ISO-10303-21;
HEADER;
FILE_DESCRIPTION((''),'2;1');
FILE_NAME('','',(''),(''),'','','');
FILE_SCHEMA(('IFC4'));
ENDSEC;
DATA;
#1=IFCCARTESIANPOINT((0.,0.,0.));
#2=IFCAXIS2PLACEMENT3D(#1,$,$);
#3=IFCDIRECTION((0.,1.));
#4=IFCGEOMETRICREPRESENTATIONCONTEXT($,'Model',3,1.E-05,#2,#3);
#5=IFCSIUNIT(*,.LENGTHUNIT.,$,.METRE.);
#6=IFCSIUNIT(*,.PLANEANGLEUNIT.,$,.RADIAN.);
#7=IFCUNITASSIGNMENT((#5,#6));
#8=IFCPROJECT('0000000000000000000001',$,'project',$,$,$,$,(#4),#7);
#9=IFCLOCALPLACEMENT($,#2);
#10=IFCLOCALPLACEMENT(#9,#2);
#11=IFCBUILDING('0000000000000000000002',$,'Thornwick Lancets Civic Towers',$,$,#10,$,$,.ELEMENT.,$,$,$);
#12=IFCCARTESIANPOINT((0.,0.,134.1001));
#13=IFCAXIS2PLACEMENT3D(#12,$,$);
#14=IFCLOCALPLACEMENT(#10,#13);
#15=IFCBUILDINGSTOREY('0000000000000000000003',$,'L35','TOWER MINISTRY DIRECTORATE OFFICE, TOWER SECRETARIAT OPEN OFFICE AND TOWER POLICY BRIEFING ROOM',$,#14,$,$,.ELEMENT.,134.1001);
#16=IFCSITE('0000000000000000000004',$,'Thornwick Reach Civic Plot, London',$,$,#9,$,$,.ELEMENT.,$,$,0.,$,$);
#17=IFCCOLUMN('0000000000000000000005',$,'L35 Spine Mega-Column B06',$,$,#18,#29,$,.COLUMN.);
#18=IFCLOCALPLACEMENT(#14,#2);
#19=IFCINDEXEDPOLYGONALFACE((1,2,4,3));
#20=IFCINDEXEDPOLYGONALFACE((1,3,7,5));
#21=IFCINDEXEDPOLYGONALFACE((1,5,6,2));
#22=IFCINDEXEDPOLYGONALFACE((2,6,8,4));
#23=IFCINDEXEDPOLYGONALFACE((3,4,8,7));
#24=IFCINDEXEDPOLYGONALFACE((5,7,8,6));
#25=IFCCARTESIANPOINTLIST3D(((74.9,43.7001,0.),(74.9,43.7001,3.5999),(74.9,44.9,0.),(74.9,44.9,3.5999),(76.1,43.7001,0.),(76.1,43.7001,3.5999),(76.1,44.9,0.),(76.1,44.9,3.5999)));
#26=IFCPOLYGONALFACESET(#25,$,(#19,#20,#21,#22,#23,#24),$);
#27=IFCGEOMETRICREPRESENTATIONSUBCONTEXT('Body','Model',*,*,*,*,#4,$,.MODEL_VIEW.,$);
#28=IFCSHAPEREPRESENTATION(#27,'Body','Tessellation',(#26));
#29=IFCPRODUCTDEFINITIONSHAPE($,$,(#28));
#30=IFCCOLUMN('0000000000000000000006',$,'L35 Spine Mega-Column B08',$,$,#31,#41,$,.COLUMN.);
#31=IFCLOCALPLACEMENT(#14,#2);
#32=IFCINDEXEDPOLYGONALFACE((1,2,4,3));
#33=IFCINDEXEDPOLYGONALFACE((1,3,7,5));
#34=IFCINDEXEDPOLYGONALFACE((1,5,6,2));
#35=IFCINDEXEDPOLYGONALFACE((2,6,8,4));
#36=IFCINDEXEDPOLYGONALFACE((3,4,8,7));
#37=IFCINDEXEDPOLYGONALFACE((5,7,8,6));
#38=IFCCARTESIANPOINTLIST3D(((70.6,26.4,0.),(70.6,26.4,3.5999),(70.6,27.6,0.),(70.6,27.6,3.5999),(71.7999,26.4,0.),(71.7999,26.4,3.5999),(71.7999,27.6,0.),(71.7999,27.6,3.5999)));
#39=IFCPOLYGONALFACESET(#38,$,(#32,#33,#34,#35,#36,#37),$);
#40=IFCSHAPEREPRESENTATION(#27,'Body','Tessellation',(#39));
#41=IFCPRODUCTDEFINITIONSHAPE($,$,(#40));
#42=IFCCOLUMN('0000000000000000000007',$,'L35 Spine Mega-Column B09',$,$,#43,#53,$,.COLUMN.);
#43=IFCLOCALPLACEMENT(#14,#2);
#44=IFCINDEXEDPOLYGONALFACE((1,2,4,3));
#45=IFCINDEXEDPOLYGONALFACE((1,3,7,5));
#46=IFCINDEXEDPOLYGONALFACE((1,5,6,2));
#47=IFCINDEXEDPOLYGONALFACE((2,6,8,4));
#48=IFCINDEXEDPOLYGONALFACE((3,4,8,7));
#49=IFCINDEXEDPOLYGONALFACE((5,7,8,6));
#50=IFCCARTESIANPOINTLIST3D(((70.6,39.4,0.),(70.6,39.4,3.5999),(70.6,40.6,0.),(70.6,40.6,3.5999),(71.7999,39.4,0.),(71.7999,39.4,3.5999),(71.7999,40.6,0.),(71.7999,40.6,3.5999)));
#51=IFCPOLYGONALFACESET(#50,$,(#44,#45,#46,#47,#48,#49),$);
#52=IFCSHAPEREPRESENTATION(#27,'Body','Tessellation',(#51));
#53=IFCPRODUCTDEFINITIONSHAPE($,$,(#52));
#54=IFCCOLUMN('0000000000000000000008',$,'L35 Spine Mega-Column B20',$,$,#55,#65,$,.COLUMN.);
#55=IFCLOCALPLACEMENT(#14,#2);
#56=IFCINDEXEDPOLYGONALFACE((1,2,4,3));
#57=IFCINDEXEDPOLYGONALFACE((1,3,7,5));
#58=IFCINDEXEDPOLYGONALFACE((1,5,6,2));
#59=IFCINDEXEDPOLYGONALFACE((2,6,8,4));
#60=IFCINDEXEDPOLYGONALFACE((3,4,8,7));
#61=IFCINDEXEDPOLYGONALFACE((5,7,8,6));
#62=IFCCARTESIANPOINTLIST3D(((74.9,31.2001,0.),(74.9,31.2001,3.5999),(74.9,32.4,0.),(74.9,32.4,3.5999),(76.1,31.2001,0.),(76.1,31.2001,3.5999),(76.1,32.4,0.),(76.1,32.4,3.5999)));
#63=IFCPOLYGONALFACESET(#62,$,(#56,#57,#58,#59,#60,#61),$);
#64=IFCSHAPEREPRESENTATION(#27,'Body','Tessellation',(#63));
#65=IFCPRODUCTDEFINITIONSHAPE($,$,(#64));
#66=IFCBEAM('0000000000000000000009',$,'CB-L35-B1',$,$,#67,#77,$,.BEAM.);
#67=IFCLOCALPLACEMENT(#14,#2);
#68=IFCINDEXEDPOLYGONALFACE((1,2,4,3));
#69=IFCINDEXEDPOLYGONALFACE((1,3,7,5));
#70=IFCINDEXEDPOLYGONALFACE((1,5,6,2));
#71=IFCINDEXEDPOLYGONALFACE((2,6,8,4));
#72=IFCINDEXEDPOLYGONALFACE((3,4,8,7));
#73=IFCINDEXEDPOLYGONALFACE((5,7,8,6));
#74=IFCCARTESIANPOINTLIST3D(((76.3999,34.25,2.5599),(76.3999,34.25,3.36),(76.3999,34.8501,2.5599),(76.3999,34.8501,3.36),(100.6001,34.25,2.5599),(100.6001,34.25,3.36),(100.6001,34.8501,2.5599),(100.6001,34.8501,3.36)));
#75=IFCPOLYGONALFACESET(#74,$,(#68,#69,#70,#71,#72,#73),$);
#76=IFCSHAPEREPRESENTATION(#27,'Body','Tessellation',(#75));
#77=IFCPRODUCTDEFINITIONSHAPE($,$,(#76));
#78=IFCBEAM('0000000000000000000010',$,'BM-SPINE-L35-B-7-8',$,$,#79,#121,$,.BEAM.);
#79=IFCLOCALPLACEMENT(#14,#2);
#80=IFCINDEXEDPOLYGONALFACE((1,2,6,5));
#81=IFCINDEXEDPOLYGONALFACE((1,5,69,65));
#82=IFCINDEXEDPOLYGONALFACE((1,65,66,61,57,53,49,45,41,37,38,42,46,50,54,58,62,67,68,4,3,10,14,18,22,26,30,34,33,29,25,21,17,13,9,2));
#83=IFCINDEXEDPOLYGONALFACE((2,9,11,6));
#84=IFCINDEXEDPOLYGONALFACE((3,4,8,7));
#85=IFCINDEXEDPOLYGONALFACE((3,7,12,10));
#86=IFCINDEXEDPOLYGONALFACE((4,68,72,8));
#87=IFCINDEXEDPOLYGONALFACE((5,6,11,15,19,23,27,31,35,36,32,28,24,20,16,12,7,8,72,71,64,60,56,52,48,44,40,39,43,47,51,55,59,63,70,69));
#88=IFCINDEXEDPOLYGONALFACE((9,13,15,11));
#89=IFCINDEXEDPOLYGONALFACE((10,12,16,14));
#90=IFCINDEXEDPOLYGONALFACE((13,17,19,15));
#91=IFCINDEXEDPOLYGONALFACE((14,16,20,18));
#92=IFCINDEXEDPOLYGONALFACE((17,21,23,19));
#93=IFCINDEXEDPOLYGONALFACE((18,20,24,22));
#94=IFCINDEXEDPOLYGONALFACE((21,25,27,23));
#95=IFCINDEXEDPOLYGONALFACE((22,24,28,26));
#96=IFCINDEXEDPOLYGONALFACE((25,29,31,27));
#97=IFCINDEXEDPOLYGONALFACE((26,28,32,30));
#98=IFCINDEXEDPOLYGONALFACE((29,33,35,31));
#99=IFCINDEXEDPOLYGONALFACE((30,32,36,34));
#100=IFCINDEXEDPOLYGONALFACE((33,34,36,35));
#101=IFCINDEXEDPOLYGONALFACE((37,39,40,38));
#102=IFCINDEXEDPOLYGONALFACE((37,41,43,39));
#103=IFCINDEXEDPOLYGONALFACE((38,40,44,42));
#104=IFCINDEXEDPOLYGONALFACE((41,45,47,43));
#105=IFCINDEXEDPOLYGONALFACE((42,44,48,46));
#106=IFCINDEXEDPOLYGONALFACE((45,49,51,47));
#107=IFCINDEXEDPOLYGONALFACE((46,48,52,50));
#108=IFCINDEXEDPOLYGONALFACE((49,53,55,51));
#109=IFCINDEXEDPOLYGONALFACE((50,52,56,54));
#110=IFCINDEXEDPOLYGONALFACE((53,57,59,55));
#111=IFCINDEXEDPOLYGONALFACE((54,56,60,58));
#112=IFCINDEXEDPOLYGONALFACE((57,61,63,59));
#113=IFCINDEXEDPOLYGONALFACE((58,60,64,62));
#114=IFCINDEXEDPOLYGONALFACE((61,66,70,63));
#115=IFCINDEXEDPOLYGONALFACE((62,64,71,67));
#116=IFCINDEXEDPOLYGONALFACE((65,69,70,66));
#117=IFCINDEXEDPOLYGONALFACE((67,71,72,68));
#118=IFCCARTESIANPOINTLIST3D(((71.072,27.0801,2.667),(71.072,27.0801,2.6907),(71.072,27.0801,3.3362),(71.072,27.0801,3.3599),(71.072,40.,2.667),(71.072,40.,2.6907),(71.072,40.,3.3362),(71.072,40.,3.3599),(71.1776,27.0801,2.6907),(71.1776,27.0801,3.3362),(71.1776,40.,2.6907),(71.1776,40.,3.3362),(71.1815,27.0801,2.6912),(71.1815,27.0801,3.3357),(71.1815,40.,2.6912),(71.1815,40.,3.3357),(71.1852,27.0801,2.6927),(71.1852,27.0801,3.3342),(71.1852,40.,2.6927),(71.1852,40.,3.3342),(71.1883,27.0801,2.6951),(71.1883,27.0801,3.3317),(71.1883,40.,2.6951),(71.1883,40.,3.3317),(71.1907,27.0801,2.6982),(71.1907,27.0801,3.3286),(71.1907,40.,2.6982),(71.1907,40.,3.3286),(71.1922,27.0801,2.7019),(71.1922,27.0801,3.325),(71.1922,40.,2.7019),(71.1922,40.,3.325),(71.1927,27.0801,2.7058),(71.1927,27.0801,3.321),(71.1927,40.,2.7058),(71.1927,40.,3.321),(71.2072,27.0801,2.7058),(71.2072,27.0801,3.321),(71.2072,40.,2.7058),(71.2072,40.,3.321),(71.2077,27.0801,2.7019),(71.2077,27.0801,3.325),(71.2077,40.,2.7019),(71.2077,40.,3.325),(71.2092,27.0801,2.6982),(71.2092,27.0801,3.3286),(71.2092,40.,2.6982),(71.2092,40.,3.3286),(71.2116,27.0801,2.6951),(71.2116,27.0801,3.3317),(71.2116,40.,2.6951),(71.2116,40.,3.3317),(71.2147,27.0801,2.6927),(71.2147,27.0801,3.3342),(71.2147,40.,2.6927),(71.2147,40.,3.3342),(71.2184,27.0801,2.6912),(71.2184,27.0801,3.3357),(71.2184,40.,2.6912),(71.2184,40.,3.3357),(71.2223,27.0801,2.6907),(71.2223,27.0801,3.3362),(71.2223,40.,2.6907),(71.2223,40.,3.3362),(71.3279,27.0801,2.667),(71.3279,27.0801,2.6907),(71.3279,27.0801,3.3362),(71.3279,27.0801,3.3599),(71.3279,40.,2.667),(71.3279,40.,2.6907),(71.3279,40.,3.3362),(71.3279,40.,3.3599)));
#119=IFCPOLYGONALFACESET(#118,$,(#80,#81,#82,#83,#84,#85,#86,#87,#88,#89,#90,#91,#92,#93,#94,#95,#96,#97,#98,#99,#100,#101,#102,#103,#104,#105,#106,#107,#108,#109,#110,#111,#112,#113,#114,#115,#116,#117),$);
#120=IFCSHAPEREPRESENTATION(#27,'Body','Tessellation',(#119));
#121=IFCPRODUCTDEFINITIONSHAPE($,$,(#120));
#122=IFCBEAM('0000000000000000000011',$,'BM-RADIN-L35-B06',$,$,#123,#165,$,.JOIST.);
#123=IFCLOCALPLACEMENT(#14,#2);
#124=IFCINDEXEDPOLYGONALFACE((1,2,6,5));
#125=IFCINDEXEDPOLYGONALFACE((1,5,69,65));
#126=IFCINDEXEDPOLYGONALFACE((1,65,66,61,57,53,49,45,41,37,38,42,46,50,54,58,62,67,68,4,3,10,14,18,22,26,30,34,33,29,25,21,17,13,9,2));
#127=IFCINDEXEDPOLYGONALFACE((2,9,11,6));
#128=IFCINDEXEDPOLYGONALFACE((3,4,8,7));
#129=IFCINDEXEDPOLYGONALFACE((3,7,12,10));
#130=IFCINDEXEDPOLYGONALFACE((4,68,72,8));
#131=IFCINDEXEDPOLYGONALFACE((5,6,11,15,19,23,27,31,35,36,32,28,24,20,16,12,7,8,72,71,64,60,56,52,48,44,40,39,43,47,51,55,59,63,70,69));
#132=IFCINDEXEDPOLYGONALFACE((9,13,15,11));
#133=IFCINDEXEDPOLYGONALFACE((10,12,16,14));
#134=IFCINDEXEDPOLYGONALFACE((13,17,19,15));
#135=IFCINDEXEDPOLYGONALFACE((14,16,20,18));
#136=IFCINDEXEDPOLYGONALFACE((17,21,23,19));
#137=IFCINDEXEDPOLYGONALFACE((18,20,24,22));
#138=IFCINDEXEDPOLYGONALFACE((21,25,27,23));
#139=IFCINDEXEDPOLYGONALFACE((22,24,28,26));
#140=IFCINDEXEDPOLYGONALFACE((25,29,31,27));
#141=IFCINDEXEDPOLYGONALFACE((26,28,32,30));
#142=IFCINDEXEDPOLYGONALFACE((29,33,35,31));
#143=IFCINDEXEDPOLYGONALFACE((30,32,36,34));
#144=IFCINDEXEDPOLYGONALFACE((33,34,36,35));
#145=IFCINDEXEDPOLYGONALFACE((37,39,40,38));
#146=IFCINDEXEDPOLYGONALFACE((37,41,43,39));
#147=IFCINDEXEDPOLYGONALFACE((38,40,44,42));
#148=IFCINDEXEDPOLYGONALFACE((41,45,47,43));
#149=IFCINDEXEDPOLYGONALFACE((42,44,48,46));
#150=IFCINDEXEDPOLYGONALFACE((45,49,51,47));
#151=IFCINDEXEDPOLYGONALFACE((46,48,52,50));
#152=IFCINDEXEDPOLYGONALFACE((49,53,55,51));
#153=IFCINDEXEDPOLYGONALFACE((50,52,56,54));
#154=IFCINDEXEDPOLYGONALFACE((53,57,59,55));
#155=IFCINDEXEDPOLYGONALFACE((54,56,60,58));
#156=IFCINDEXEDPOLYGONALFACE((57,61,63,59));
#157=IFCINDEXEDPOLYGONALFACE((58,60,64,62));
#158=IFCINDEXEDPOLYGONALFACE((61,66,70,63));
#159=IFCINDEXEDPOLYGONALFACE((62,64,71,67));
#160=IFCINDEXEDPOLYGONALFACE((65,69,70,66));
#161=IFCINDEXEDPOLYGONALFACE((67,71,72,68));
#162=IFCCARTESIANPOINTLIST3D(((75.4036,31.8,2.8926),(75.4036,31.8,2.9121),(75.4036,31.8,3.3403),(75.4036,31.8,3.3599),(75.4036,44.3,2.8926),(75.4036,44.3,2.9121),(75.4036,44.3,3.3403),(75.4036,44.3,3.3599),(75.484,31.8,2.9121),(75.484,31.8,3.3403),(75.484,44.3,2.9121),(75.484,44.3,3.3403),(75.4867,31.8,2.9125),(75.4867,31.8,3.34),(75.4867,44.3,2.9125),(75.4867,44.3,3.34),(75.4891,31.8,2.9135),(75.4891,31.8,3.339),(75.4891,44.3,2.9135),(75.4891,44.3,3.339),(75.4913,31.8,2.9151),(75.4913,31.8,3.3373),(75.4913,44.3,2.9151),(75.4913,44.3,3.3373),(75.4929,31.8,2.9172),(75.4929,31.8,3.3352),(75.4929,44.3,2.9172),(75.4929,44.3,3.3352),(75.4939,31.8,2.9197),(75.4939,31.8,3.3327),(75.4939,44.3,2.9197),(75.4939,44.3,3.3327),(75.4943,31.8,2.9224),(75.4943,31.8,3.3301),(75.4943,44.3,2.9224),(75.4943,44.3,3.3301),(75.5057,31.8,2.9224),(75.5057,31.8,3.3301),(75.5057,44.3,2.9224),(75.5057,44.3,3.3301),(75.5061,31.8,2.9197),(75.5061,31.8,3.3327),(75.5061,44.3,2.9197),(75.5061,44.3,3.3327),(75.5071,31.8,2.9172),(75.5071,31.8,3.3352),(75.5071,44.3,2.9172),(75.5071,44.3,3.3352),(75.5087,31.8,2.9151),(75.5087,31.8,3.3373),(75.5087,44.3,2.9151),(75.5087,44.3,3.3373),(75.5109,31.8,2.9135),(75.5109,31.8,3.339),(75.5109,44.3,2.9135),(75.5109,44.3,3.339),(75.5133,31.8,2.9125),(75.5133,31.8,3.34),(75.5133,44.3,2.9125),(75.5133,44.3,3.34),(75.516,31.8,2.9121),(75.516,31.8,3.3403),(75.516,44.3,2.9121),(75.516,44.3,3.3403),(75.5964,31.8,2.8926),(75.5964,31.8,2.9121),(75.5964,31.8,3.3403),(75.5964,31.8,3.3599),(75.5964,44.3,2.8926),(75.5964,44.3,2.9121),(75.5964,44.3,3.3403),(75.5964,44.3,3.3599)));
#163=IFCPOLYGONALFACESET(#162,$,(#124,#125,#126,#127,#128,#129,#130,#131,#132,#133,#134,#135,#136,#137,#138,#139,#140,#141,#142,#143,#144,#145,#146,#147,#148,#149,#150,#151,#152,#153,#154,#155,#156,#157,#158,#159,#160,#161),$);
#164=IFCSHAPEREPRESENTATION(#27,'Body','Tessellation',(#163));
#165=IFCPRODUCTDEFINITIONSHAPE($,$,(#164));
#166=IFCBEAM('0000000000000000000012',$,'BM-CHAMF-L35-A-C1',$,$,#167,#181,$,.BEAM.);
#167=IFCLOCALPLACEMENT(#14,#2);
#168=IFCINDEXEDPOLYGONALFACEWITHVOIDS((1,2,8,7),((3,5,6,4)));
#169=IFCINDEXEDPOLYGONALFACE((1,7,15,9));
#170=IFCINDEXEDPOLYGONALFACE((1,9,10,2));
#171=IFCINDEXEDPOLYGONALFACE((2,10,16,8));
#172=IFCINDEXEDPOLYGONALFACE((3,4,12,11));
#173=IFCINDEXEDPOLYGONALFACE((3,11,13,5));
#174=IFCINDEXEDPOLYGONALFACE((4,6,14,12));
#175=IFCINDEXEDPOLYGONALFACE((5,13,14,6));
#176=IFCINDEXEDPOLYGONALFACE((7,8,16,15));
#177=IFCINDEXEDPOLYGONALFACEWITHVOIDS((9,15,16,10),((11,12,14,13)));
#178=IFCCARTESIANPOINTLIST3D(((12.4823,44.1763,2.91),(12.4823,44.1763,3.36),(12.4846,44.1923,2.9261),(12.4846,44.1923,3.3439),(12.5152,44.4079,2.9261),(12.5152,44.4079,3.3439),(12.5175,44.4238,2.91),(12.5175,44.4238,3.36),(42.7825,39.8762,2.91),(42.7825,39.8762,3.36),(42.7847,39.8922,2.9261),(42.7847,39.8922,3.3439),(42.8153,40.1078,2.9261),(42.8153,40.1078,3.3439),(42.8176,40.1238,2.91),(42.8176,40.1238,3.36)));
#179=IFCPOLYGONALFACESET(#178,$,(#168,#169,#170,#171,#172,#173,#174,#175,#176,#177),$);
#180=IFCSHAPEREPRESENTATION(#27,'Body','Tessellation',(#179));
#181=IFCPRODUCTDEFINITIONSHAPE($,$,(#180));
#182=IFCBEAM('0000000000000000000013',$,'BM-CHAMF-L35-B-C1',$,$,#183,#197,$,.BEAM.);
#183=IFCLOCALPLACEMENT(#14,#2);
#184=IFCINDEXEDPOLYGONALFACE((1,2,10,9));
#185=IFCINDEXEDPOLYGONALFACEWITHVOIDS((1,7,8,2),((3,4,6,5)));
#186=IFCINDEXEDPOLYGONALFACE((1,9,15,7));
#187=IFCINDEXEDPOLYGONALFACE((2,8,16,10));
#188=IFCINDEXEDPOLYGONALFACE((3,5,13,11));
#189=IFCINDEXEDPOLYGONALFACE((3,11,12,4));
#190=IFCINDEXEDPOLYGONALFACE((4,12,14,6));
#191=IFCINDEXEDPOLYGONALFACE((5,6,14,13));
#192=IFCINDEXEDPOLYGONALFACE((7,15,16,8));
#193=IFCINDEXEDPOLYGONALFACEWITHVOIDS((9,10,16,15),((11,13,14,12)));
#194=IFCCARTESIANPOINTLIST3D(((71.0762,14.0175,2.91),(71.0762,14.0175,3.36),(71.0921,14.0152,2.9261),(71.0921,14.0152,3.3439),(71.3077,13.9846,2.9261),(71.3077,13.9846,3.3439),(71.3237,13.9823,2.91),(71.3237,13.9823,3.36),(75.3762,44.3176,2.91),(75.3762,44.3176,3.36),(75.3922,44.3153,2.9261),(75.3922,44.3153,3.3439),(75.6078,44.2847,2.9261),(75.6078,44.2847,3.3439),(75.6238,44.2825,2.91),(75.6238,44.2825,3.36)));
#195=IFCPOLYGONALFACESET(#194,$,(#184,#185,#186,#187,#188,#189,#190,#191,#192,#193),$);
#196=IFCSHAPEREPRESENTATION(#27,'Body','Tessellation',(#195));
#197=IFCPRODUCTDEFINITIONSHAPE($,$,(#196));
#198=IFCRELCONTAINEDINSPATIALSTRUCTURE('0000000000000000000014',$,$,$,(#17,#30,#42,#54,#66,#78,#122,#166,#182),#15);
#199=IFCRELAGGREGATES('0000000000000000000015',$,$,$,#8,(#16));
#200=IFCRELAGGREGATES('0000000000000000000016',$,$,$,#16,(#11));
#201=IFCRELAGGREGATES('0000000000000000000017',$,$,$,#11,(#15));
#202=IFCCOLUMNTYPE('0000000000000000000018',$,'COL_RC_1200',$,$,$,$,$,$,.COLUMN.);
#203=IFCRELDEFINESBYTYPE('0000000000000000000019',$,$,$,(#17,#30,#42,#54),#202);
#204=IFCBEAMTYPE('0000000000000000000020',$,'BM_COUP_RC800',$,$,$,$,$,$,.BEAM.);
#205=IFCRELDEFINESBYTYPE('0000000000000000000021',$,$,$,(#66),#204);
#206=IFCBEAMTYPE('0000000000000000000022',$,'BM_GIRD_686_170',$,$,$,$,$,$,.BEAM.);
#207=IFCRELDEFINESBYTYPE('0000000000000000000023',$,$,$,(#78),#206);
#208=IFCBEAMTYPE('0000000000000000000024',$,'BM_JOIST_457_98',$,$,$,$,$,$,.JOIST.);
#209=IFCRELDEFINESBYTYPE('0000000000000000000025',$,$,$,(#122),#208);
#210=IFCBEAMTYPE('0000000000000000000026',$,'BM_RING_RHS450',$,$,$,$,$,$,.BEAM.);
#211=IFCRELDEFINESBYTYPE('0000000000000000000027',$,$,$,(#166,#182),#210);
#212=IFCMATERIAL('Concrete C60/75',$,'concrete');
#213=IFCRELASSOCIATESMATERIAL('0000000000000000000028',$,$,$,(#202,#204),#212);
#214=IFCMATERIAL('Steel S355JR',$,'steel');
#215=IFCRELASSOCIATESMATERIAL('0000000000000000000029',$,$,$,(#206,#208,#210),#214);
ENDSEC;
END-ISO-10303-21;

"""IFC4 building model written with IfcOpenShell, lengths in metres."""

from ifc_helpers import new_model, si_unit, direction, frame, origin, origin_2d, place, context, subcontext, project, spatial, rectangle, hollow_rectangle, i_section, extrude, material, material_profile, profile_set, type_object, element, save


model = new_model("IFC4")

# Units and contexts
model_context = context("Model", 3, precision=1e-05, world=origin(), true_north=direction((0.0, 1.0)))
body_context = subcontext(model_context, "Body", "Model", "MODEL_VIEW")
ifc_project = project(units=[si_unit("LENGTHUNIT", "METRE"), si_unit("PLANEANGLEUNIT", "RADIAN")], contexts=[model_context])

# Site, building, storey
site_placement = place(None, origin())
site = spatial("IfcSite", under=ifc_project, at=site_placement, Name="Thornwick Reach Civic Plot, London", CompositionType="ELEMENT", RefElevation=0.0)
building_placement = place(site_placement, origin())
building = spatial("IfcBuilding", under=site, at=building_placement, Name="Thornwick Lancets Civic Towers", CompositionType="ELEMENT")
storey_placement = place(building_placement, frame((0.0, 0.0, 134.1001)))
storey = spatial("IfcBuildingStorey", under=building, at=storey_placement, Name="L35", Description="TOWER MINISTRY DIRECTORATE OFFICE, TOWER SECRETARIAT OPEN OFFICE AND TOWER POLICY BRIEFING ROOM", CompositionType="ELEMENT", Elevation=134.1001)

# Columns
ifc_material_1 = material(Name="Concrete C60/75", Category="concrete")
ifc_material_profile_1 = material_profile(ifc_material_1, rectangle(XDim=1.2, YDim=1.2, at=origin_2d()), Name="RC 1200x1200")
ifc_profile_set_1 = profile_set([ifc_material_profile_1], Name="Concrete C60/75")
column_type = type_object("IfcColumnType", Name="COL_RC_1200", PredefinedType="COLUMN", material=ifc_profile_set_1)
for number, where, z_axis, x_axis, name in (
    (1, (75.5, 44.3, 0.0), (0.0, 0.0, 1.0), (1.0, 0.0, 0.0), "L35 Spine Mega-Column B06"),
    (2, (71.2, 27.0, 0.0), (0.0, 0.0, 1.0), (1.0, 0.0, 0.0), "L35 Spine Mega-Column B08"),
    (3, (71.2, 40.0, 0.0), (0.0, 0.0, 1.0), (1.0, 0.0, 0.0), "L35 Spine Mega-Column B09"),
    (4, (75.5, 31.8, 0.0), (0.0, 0.0, 1.0), (1.0, 0.0, 0.0), "L35 Spine Mega-Column B20"),
):
    element("IfcColumn", number, at=place(storey_placement, frame(where, z_axis=z_axis, x_axis=x_axis)), inside=storey, type_object=column_type, Name=name, PredefinedType="COLUMN", context=body_context, shape_type="SweptSolid", body=[
        extrude(rectangle(XDim=1.2, YDim=1.2, at=origin_2d()), origin(), (0.0, 0.0, 1.0), 3.5999),
    ])

# Beams
ifc_material_profile_2 = material_profile(ifc_material_1, rectangle(XDim=0.6001, YDim=0.8, at=origin_2d()), Name="RC 600x800")
ifc_profile_set_2 = profile_set([ifc_material_profile_2], Name="Concrete C60/75")
beam_type_1 = type_object("IfcBeamType", Name="BM_COUP_RC800", PredefinedType="BEAM", material=ifc_profile_set_2)
beam_1_placement = place(storey_placement, frame((76.3999, 34.55, 2.96), z_axis=(1.0, 0.0, 0.0), x_axis=(0.0, 1.0, 0.0)))
element("IfcBeam", 5, at=beam_1_placement, inside=storey, type_object=beam_type_1, Name="CB-L35-B1", PredefinedType="BEAM", context=body_context, shape_type="SweptSolid", body=[
    extrude(rectangle(XDim=0.6001, YDim=0.8, at=origin_2d()), origin(), (0.0, 0.0, 1.0), 24.2002),
])
ifc_material_2 = material(Name="Steel S355JR", Category="steel")
ifc_material_profile_3 = material_profile(ifc_material_2, i_section(OverallWidth=0.2559, OverallDepth=0.6929, WebThickness=0.0144, FlangeThickness=0.0237, FilletRadius=0.0151, at=origin_2d()), Name="UKB 686x254x170")
ifc_profile_set_3 = profile_set([ifc_material_profile_3], Name="Steel S355JR")
beam_type_2 = type_object("IfcBeamType", Name="BM_GIRD_686_170", PredefinedType="BEAM", material=ifc_profile_set_3)
beam_2_placement = place(storey_placement, frame((71.2, 27.0801, 3.0134), z_axis=(0.0, 1.0, 0.0), x_axis=(-1.0, 0.0, 0.0)))
element("IfcBeam", 6, at=beam_2_placement, inside=storey, type_object=beam_type_2, Name="BM-SPINE-L35-B-7-8", PredefinedType="BEAM", context=body_context, shape_type="SweptSolid", body=[
    extrude(i_section(OverallWidth=0.2559, OverallDepth=0.6929, WebThickness=0.0144, FlangeThickness=0.0237, FilletRadius=0.0151, at=origin_2d()), origin(), (0.0, 0.0, 1.0), 12.9199),
])
ifc_material_profile_4 = material_profile(ifc_material_2, i_section(OverallWidth=0.1929, OverallDepth=0.4673, WebThickness=0.0115, FlangeThickness=0.0195, FilletRadius=0.0103, at=origin_2d()), Name="UKB 457x191x98")
ifc_profile_set_4 = profile_set([ifc_material_profile_4], Name="Steel S355JR")
beam_type_3 = type_object("IfcBeamType", Name="BM_JOIST_457_98", PredefinedType="JOIST", material=ifc_profile_set_4)
beam_3_placement = place(storey_placement, frame((75.5, 31.8, 3.1262), z_axis=(0.0, 1.0, 0.0), x_axis=(-1.0, 0.0, 0.0)))
element("IfcBeam", 7, at=beam_3_placement, inside=storey, type_object=beam_type_3, Name="BM-RADIN-L35-B06", PredefinedType="JOIST", context=body_context, shape_type="SweptSolid", body=[
    extrude(i_section(OverallWidth=0.1929, OverallDepth=0.4673, WebThickness=0.0115, FlangeThickness=0.0195, FilletRadius=0.0103, at=origin_2d()), origin(), (0.0, 0.0, 1.0), 12.5),
])
ifc_material_profile_5 = material_profile(ifc_material_2, hollow_rectangle(XDim=0.25, YDim=0.45, WallThickness=0.0161, at=origin_2d()), Name="RHS 450x250x16")
ifc_profile_set_5 = profile_set([ifc_material_profile_5], Name="Steel S355JR")
beam_type_4 = type_object("IfcBeamType", Name="BM_RING_RHS450", PredefinedType="BEAM", material=ifc_profile_set_5)
for number, where, z_axis, x_axis, name in (
    (8, (42.8, 40.0, 3.135), (-0.99008, 0.140508, 0.0), (-0.140508, -0.99008, 0.0), "BM-CHAMF-L35-A-C1"),
    (9, (75.5, 44.3, 3.135), (-0.140508, -0.99008, 0.0), (0.99008, -0.140508, 0.0), "BM-CHAMF-L35-B-C1"),
):
    element("IfcBeam", number, at=place(storey_placement, frame(where, z_axis=z_axis, x_axis=x_axis)), inside=storey, type_object=beam_type_4, Name=name, PredefinedType="BEAM", context=body_context, shape_type="SweptSolid", body=[
        extrude(hollow_rectangle(XDim=0.25, YDim=0.45, WallThickness=0.0161, at=origin_2d()), origin(), (0.0, 0.0, 1.0), 30.6038),
    ])

save(model, "model.ifc")
